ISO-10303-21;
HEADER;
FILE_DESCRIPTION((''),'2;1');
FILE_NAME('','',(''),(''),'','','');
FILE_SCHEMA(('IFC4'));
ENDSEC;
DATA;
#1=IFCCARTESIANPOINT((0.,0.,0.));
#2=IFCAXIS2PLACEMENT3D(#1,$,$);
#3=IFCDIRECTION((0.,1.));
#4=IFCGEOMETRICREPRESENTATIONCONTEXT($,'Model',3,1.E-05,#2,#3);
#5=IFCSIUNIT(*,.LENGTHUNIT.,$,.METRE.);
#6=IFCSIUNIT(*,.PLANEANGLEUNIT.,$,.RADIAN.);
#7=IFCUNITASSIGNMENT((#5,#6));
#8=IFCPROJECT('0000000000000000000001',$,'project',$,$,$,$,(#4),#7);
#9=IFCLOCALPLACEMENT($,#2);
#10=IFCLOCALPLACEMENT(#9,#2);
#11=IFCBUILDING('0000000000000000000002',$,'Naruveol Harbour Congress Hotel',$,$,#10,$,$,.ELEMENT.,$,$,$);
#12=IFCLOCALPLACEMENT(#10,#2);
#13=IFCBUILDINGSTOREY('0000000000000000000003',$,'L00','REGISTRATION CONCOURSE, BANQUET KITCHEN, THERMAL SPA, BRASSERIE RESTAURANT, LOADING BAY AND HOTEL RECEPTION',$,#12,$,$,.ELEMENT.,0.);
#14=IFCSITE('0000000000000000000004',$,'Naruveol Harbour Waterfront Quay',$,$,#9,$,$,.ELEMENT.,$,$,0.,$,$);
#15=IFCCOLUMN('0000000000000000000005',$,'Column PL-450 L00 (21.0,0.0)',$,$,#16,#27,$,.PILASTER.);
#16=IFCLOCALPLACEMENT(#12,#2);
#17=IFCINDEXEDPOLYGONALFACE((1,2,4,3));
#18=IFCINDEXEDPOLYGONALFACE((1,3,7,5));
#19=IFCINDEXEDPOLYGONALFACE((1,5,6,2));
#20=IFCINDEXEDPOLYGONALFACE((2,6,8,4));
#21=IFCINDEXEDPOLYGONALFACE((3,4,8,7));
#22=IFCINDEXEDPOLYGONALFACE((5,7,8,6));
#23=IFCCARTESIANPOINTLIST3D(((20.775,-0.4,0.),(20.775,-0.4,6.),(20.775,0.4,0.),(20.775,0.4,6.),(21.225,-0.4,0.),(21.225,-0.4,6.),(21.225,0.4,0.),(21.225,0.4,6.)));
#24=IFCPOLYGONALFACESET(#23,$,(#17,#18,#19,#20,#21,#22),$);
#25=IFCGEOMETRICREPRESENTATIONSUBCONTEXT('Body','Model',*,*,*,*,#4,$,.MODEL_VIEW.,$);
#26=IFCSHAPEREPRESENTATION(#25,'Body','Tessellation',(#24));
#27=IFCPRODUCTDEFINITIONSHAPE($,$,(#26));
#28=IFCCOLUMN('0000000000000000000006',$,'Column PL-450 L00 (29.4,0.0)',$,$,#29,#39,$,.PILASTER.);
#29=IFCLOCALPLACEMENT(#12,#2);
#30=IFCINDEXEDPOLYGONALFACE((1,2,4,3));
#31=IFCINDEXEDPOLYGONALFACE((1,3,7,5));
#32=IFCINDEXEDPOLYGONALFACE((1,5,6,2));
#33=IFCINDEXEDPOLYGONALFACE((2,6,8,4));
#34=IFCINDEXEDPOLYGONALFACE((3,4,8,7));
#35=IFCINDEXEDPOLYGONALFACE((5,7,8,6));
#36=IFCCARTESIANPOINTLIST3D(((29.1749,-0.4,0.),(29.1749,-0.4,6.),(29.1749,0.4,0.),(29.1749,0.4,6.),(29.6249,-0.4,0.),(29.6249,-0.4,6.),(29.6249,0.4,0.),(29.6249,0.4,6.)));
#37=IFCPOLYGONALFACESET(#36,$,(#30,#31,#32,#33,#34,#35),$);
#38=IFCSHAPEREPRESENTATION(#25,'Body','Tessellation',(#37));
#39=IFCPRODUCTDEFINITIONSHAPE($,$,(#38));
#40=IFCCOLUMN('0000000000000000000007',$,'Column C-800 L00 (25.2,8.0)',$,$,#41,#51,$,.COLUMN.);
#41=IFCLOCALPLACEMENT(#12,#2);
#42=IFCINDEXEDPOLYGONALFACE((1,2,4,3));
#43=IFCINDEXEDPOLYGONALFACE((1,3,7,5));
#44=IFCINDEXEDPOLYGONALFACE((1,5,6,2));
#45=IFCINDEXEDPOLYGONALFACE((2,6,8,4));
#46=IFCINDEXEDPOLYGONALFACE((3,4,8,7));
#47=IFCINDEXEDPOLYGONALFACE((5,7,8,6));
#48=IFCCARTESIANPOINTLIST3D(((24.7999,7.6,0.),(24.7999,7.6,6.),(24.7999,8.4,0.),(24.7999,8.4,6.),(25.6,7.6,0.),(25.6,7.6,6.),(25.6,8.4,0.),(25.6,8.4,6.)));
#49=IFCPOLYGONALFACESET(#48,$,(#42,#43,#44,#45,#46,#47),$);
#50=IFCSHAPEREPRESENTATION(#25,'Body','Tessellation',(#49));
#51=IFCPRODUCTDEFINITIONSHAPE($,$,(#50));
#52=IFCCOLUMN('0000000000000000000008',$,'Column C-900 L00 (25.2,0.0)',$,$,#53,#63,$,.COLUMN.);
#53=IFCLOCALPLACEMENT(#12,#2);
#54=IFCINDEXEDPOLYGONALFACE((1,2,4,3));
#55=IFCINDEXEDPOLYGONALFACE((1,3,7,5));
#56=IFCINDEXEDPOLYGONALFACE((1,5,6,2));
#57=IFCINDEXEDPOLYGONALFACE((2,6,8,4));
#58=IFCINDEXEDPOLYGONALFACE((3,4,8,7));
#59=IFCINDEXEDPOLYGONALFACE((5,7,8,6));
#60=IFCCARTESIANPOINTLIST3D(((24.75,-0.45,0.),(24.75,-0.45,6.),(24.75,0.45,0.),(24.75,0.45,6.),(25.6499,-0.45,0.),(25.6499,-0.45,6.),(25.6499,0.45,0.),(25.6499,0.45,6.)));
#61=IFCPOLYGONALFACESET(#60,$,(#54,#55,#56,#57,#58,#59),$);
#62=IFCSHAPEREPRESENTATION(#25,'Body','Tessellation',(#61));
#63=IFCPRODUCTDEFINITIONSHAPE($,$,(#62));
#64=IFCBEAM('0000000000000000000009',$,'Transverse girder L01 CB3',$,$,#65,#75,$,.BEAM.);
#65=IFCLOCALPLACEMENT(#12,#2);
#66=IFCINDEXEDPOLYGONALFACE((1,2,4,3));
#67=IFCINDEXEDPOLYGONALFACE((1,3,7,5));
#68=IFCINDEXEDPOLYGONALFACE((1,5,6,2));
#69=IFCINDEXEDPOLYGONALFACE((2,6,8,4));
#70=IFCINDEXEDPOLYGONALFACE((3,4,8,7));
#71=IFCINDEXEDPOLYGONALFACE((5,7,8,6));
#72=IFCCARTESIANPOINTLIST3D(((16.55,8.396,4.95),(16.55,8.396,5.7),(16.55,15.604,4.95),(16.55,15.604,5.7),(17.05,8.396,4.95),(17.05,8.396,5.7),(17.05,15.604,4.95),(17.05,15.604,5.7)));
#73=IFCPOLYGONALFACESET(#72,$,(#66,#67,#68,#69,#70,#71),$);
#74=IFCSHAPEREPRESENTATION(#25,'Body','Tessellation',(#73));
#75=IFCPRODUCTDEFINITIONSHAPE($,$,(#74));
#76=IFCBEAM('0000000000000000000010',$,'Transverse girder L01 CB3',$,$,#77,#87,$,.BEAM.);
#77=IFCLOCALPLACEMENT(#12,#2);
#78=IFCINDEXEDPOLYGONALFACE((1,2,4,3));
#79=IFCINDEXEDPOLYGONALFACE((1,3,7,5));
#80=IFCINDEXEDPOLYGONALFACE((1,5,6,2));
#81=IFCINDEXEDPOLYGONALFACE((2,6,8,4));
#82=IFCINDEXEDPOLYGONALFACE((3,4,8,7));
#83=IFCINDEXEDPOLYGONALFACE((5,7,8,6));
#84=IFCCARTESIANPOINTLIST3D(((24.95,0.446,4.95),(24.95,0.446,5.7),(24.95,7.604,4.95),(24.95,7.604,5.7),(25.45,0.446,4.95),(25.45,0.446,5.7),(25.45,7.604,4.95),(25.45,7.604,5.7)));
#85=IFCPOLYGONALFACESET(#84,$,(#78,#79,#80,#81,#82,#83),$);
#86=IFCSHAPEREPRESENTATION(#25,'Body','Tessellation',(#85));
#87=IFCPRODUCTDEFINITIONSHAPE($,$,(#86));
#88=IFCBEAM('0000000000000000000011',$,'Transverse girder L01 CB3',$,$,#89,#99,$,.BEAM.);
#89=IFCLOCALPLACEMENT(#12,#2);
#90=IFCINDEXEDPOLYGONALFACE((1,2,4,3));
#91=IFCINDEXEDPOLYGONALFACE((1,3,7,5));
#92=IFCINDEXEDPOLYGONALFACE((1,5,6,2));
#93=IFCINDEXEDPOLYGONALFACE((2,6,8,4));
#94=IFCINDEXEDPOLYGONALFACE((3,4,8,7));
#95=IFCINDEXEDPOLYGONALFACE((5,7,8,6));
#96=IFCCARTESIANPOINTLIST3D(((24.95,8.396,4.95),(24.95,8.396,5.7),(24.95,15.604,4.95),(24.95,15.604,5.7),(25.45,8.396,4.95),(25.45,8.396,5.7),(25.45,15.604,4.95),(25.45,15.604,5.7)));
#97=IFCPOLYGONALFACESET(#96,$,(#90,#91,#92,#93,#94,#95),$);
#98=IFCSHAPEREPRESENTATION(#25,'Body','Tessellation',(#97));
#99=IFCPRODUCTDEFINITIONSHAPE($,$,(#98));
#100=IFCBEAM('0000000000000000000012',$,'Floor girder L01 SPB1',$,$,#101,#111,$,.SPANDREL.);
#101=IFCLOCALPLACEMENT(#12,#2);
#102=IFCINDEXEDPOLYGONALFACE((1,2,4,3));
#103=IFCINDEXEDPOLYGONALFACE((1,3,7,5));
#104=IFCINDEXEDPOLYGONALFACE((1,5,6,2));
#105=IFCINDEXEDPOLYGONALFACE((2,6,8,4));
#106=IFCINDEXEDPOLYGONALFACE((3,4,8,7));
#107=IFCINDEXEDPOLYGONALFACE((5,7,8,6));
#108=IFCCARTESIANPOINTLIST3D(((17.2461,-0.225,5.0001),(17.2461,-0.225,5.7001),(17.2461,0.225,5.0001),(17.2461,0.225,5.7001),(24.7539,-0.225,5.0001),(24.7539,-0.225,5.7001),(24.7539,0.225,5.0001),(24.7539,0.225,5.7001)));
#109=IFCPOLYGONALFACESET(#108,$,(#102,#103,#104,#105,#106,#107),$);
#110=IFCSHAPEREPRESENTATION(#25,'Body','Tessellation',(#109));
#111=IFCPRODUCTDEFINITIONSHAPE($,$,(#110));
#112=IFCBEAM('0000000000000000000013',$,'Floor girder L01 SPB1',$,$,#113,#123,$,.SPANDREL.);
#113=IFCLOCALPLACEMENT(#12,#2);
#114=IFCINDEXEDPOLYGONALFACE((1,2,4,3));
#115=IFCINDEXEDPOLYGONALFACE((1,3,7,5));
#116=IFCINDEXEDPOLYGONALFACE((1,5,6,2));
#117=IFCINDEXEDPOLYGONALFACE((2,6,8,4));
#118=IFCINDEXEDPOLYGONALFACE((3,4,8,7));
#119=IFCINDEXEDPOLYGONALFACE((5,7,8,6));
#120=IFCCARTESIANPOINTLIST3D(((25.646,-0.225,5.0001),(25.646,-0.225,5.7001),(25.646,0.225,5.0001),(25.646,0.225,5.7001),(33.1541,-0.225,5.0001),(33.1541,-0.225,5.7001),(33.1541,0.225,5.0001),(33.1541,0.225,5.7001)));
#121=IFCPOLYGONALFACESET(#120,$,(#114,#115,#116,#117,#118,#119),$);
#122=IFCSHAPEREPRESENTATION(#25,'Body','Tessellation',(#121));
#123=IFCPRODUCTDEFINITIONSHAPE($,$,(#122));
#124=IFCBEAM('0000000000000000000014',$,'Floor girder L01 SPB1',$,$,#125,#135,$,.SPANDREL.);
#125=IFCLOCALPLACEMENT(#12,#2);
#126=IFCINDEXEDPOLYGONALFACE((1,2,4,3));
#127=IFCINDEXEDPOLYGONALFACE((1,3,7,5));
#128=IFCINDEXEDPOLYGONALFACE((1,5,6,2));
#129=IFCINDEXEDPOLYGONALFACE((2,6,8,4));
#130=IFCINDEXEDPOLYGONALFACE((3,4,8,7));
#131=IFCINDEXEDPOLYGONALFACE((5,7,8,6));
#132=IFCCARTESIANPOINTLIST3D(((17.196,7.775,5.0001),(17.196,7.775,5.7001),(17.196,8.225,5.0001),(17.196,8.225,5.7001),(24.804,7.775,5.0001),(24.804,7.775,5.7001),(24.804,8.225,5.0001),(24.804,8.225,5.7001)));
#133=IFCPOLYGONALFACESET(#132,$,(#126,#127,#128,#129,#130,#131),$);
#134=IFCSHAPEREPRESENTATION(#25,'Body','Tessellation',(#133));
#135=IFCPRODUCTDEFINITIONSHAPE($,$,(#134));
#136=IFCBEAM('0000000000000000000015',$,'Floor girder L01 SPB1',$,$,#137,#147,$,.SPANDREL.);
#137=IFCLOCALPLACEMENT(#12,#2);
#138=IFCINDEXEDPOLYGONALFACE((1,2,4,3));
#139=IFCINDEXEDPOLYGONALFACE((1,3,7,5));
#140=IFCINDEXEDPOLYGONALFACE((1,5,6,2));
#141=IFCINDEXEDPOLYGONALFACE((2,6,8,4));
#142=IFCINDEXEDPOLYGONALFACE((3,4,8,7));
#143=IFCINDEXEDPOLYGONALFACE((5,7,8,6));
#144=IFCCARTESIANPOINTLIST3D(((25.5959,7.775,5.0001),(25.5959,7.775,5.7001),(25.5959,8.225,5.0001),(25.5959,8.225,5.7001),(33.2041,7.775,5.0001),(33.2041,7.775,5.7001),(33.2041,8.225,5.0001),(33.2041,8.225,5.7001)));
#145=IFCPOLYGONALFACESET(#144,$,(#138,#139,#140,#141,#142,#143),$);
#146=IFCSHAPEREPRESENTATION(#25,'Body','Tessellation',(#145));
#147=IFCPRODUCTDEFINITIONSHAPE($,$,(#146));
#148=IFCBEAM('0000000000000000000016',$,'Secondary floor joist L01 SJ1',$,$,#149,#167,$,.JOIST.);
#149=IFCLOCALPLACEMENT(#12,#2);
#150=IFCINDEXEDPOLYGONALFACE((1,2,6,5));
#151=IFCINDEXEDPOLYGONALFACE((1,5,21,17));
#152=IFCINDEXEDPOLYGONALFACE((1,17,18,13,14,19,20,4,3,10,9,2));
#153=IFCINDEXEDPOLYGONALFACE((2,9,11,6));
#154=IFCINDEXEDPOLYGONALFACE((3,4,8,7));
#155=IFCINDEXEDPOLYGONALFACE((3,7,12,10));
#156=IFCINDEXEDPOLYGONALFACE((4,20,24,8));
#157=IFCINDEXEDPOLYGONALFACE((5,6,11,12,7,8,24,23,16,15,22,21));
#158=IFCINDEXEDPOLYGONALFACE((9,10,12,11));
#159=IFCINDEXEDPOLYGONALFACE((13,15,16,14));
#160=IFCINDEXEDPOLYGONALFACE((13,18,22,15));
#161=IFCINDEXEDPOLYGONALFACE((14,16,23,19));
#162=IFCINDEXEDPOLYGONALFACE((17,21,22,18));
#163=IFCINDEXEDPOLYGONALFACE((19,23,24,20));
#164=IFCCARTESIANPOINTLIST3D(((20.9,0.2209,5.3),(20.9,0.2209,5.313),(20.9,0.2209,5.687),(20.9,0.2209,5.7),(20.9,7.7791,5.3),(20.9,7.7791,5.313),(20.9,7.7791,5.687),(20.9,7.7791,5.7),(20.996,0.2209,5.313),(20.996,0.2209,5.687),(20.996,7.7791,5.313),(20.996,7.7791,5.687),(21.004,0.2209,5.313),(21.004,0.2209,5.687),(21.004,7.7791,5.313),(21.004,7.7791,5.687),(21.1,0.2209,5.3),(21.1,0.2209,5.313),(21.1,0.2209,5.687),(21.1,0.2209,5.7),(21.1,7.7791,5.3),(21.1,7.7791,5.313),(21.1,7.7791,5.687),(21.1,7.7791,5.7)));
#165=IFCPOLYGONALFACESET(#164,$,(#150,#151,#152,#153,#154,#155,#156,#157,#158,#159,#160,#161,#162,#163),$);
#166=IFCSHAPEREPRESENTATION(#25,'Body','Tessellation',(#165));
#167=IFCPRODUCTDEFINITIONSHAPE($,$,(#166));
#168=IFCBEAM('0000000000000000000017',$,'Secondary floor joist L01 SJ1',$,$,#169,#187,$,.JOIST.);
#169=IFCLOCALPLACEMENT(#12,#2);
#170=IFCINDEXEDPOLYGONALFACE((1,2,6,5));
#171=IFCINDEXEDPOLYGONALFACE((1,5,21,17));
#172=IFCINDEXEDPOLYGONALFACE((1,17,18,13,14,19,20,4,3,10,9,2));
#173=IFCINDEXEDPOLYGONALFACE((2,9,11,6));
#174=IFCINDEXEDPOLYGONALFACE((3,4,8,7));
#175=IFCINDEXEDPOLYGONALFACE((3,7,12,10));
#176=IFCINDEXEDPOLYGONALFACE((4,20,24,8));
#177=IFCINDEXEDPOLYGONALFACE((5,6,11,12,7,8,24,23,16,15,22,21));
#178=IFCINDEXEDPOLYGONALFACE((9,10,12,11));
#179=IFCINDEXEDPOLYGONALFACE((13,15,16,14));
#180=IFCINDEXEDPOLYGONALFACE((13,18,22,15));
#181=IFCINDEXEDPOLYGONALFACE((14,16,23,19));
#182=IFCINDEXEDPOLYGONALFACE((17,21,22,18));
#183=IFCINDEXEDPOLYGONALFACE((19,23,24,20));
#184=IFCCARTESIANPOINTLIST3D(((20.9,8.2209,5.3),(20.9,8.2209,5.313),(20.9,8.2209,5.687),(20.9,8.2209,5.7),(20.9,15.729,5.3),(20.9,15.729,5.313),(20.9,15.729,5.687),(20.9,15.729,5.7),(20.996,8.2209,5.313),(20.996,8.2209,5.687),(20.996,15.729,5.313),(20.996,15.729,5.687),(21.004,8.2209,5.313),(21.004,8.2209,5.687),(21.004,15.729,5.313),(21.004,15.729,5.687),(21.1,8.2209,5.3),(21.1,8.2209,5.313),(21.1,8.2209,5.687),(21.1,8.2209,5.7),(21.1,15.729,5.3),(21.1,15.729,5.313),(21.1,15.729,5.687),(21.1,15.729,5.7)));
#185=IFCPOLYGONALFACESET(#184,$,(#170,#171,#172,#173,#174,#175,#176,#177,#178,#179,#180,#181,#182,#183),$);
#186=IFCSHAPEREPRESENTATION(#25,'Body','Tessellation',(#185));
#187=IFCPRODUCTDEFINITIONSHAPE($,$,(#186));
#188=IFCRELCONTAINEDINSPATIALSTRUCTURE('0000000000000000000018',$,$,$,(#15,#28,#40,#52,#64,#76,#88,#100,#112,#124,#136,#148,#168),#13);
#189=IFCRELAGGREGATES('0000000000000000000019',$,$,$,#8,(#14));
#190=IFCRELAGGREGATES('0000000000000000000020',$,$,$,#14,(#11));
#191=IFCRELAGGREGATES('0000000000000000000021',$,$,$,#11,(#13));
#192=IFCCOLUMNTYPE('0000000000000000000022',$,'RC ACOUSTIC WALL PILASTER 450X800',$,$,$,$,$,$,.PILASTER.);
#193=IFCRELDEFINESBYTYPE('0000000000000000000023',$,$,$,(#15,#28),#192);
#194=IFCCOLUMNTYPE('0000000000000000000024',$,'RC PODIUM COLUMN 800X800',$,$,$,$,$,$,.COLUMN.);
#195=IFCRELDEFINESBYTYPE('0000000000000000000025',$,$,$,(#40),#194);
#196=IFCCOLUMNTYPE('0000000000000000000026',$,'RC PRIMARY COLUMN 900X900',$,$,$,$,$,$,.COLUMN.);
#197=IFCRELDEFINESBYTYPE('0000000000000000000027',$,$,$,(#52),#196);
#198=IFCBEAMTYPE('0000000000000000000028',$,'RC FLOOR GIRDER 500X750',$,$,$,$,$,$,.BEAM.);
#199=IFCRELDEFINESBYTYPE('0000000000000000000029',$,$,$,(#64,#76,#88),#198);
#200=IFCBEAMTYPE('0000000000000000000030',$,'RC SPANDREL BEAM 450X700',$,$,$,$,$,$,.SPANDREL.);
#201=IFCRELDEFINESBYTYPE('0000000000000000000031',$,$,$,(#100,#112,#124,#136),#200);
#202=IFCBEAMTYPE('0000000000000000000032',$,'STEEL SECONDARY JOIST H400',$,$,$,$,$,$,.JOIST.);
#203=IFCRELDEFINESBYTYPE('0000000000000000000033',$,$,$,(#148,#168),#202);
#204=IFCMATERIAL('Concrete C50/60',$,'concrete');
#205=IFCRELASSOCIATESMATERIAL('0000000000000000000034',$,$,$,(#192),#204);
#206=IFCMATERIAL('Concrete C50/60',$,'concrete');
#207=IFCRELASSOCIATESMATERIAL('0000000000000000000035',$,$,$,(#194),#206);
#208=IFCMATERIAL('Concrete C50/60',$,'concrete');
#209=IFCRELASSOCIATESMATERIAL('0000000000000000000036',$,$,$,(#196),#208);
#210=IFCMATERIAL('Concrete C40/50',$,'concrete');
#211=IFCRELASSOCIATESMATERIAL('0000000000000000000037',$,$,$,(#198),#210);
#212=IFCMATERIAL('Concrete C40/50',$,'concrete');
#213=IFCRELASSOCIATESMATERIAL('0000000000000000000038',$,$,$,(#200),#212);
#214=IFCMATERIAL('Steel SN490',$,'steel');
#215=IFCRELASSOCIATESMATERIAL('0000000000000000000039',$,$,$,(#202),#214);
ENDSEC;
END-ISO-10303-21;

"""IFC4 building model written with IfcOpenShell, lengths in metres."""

from ifc_helpers import new_model, si_unit, direction, frame, origin, origin_2d, place, context, subcontext, project, spatial, rectangle, i_section, extrude, material, material_profile, profile_set, type_object, element, save


model = new_model("IFC4")

# Units and contexts
model_context = context("Model", 3, precision=1e-05, world=origin(), true_north=direction((0.0, 1.0)))
body_context = subcontext(model_context, "Body", "Model", "MODEL_VIEW")
ifc_project = project(units=[si_unit("LENGTHUNIT", "METRE"), si_unit("PLANEANGLEUNIT", "RADIAN")], contexts=[model_context])

# Site, building, storey
site_placement = place(None, origin())
site = spatial("IfcSite", under=ifc_project, at=site_placement, Name="Naruveol Harbour Waterfront Quay", CompositionType="ELEMENT", RefElevation=0.0)
building_placement = place(site_placement, origin())
building = spatial("IfcBuilding", under=site, at=building_placement, Name="Naruveol Harbour Congress Hotel", CompositionType="ELEMENT")
storey_placement = place(building_placement, origin())
storey = spatial("IfcBuildingStorey", under=building, at=storey_placement, Name="L00", Description="REGISTRATION CONCOURSE, BANQUET KITCHEN, THERMAL SPA, BRASSERIE RESTAURANT, LOADING BAY AND HOTEL RECEPTION", CompositionType="ELEMENT", Elevation=0.0)

# Columns
ifc_material_1 = material(Name="Concrete C50/60", Category="concrete")
ifc_material_profile_1 = material_profile(ifc_material_1, rectangle(XDim=0.45, YDim=0.8, at=origin_2d()), Name="RC-450x800")
ifc_profile_set_1 = profile_set([ifc_material_profile_1], Name="Concrete C50/60")
column_type_1 = type_object("IfcColumnType", Name="RC ACOUSTIC WALL PILASTER 450X800", PredefinedType="PILASTER", material=ifc_profile_set_1)
for number, where, z_axis, x_axis, name in (
    (1, (21.0, 0.0, 0.0), (0.0, 0.0, 1.0), (1.0, 0.0, 0.0), "Column PL-450 L00 (21.0,0.0)"),
    (2, (29.3999, 0.0, 0.0), (0.0, 0.0, 1.0), (1.0, 0.0, 0.0), "Column PL-450 L00 (29.4,0.0)"),
):
    element("IfcColumn", number, at=place(storey_placement, frame(where, z_axis=z_axis, x_axis=x_axis)), inside=storey, type_object=column_type_1, Name=name, PredefinedType="PILASTER", context=body_context, shape_type="SweptSolid", body=[
        extrude(rectangle(XDim=0.45, YDim=0.8, at=origin_2d()), origin(), (0.0, 0.0, 1.0), 6.0),
    ])
ifc_material_2 = material(Name="Concrete C50/60", Category="concrete")
ifc_material_profile_2 = material_profile(ifc_material_2, rectangle(XDim=0.8, YDim=0.8, at=origin_2d()), Name="RC-800x800")
ifc_profile_set_2 = profile_set([ifc_material_profile_2], Name="Concrete C50/60")
column_type_2 = type_object("IfcColumnType", Name="RC PODIUM COLUMN 800X800", PredefinedType="COLUMN", material=ifc_profile_set_2)
column_1_placement = place(storey_placement, frame((25.2, 8.0, 0.0), z_axis=(0.0, 0.0, 1.0), x_axis=(1.0, 0.0, 0.0)))
element("IfcColumn", 3, at=column_1_placement, inside=storey, type_object=column_type_2, Name="Column C-800 L00 (25.2,8.0)", PredefinedType="COLUMN", context=body_context, shape_type="SweptSolid", body=[
    extrude(rectangle(XDim=0.8, YDim=0.8, at=origin_2d()), origin(), (0.0, 0.0, 1.0), 6.0),
])
ifc_material_3 = material(Name="Concrete C50/60", Category="concrete")
ifc_material_profile_3 = material_profile(ifc_material_3, rectangle(XDim=0.8999, YDim=0.8999, at=origin_2d()), Name="RC-900x900")
ifc_profile_set_3 = profile_set([ifc_material_profile_3], Name="Concrete C50/60")
column_type_3 = type_object("IfcColumnType", Name="RC PRIMARY COLUMN 900X900", PredefinedType="COLUMN", material=ifc_profile_set_3)
column_2_placement = place(storey_placement, frame((25.2, 0.0, 0.0), z_axis=(0.0, 0.0, 1.0), x_axis=(1.0, 0.0, 0.0)))
element("IfcColumn", 4, at=column_2_placement, inside=storey, type_object=column_type_3, Name="Column C-900 L00 (25.2,0.0)", PredefinedType="COLUMN", context=body_context, shape_type="SweptSolid", body=[
    extrude(rectangle(XDim=0.8999, YDim=0.8999, at=origin_2d()), origin(), (0.0, 0.0, 1.0), 6.0),
])

# Beams
ifc_material_4 = material(Name="Concrete C40/50", Category="concrete")
ifc_material_profile_4 = material_profile(ifc_material_4, rectangle(XDim=0.5, YDim=0.75, at=origin_2d()), Name="RCB-500x750")
ifc_profile_set_4 = profile_set([ifc_material_profile_4], Name="Concrete C40/50")
beam_type_1 = type_object("IfcBeamType", Name="RC FLOOR GIRDER 500X750", PredefinedType="BEAM", material=ifc_profile_set_4)
beam_1_placement = place(storey_placement, frame((16.8, 8.396, 5.325), z_axis=(0.0, 1.0, 0.0), x_axis=(-1.0, 0.0, 0.0)))
element("IfcBeam", 5, at=beam_1_placement, inside=storey, type_object=beam_type_1, Name="Transverse girder L01 CB3", PredefinedType="BEAM", context=body_context, shape_type="SweptSolid", body=[
    extrude(rectangle(XDim=0.5, YDim=0.75, at=origin_2d()), origin(), (0.0, 0.0, 1.0), 7.208),
])
beam_2_placement = place(storey_placement, frame((25.2, 0.446, 5.325), z_axis=(0.0, 1.0, 0.0), x_axis=(-1.0, 0.0, 0.0)))
element("IfcBeam", 6, at=beam_2_placement, inside=storey, type_object=beam_type_1, Name="Transverse girder L01 CB3", PredefinedType="BEAM", context=body_context, shape_type="SweptSolid", body=[
    extrude(rectangle(XDim=0.5, YDim=0.75, at=origin_2d()), origin(), (0.0, 0.0, 1.0), 7.158),
])
beam_3_placement = place(storey_placement, frame((25.2, 8.396, 5.325), z_axis=(0.0, 1.0, 0.0), x_axis=(-1.0, 0.0, 0.0)))
element("IfcBeam", 7, at=beam_3_placement, inside=storey, type_object=beam_type_1, Name="Transverse girder L01 CB3", PredefinedType="BEAM", context=body_context, shape_type="SweptSolid", body=[
    extrude(rectangle(XDim=0.5, YDim=0.75, at=origin_2d()), origin(), (0.0, 0.0, 1.0), 7.208),
])
ifc_material_5 = material(Name="Concrete C40/50", Category="concrete")
ifc_material_profile_5 = material_profile(ifc_material_5, rectangle(XDim=0.45, YDim=0.7, at=origin_2d()), Name="RCB-450x700")
ifc_profile_set_5 = profile_set([ifc_material_profile_5], Name="Concrete C40/50")
beam_type_2 = type_object("IfcBeamType", Name="RC SPANDREL BEAM 450X700", PredefinedType="SPANDREL", material=ifc_profile_set_5)
beam_4_placement = place(storey_placement, frame((17.2461, 0.0, 5.3501), z_axis=(1.0, 0.0, 0.0), x_axis=(0.0, 1.0, 0.0)))
element("IfcBeam", 8, at=beam_4_placement, inside=storey, type_object=beam_type_2, Name="Floor girder L01 SPB1", PredefinedType="SPANDREL", context=body_context, shape_type="SweptSolid", body=[
    extrude(rectangle(XDim=0.45, YDim=0.7, at=origin_2d()), origin(), (0.0, 0.0, 1.0), 7.5078),
])
beam_5_placement = place(storey_placement, frame((25.646, 0.0, 5.3501), z_axis=(1.0, 0.0, 0.0), x_axis=(0.0, 1.0, 0.0)))
element("IfcBeam", 9, at=beam_5_placement, inside=storey, type_object=beam_type_2, Name="Floor girder L01 SPB1", PredefinedType="SPANDREL", context=body_context, shape_type="SweptSolid", body=[
    extrude(rectangle(XDim=0.45, YDim=0.7, at=origin_2d()), origin(), (0.0, 0.0, 1.0), 7.5081),
])
beam_6_placement = place(storey_placement, frame((17.196, 8.0, 5.3501), z_axis=(1.0, 0.0, 0.0), x_axis=(0.0, 1.0, 0.0)))
element("IfcBeam", 10, at=beam_6_placement, inside=storey, type_object=beam_type_2, Name="Floor girder L01 SPB1", PredefinedType="SPANDREL", context=body_context, shape_type="SweptSolid", body=[
    extrude(rectangle(XDim=0.45, YDim=0.7, at=origin_2d()), origin(), (0.0, 0.0, 1.0), 7.6079),
])
beam_7_placement = place(storey_placement, frame((25.5959, 8.0, 5.3501), z_axis=(1.0, 0.0, 0.0), x_axis=(0.0, 1.0, 0.0)))
element("IfcBeam", 11, at=beam_7_placement, inside=storey, type_object=beam_type_2, Name="Floor girder L01 SPB1", PredefinedType="SPANDREL", context=body_context, shape_type="SweptSolid", body=[
    extrude(rectangle(XDim=0.45, YDim=0.7, at=origin_2d()), origin(), (0.0, 0.0, 1.0), 7.6082),
])
ifc_material_6 = material(Name="Steel SN490", Category="steel")
ifc_material_profile_6 = material_profile(ifc_material_6, i_section(OverallWidth=0.2, OverallDepth=0.3999, WebThickness=0.0081, FlangeThickness=0.0129, at=origin_2d()), Name="H-400x200x8x13")
ifc_profile_set_6 = profile_set([ifc_material_profile_6], Name="Steel SN490")
beam_type_3 = type_object("IfcBeamType", Name="STEEL SECONDARY JOIST H400", PredefinedType="JOIST", material=ifc_profile_set_6)
beam_8_placement = place(storey_placement, frame((21.0, 0.2209, 5.5), z_axis=(0.0, 1.0, 0.0), x_axis=(-1.0, 0.0, 0.0)))
element("IfcBeam", 12, at=beam_8_placement, inside=storey, type_object=beam_type_3, Name="Secondary floor joist L01 SJ1", PredefinedType="JOIST", context=body_context, shape_type="SweptSolid", body=[
    extrude(i_section(OverallWidth=0.2, OverallDepth=0.3999, WebThickness=0.0081, FlangeThickness=0.0129, at=origin_2d()), origin(), (0.0, 0.0, 1.0), 7.5581),
])
beam_9_placement = place(storey_placement, frame((21.0, 8.2209, 5.5), z_axis=(0.0, 1.0, 0.0), x_axis=(-1.0, 0.0, 0.0)))
element("IfcBeam", 13, at=beam_9_placement, inside=storey, type_object=beam_type_3, Name="Secondary floor joist L01 SJ1", PredefinedType="JOIST", context=body_context, shape_type="SweptSolid", body=[
    extrude(i_section(OverallWidth=0.2, OverallDepth=0.3999, WebThickness=0.0081, FlangeThickness=0.0129, at=origin_2d()), origin(), (0.0, 0.0, 1.0), 7.5081),
])

save(model, "model.ifc")
